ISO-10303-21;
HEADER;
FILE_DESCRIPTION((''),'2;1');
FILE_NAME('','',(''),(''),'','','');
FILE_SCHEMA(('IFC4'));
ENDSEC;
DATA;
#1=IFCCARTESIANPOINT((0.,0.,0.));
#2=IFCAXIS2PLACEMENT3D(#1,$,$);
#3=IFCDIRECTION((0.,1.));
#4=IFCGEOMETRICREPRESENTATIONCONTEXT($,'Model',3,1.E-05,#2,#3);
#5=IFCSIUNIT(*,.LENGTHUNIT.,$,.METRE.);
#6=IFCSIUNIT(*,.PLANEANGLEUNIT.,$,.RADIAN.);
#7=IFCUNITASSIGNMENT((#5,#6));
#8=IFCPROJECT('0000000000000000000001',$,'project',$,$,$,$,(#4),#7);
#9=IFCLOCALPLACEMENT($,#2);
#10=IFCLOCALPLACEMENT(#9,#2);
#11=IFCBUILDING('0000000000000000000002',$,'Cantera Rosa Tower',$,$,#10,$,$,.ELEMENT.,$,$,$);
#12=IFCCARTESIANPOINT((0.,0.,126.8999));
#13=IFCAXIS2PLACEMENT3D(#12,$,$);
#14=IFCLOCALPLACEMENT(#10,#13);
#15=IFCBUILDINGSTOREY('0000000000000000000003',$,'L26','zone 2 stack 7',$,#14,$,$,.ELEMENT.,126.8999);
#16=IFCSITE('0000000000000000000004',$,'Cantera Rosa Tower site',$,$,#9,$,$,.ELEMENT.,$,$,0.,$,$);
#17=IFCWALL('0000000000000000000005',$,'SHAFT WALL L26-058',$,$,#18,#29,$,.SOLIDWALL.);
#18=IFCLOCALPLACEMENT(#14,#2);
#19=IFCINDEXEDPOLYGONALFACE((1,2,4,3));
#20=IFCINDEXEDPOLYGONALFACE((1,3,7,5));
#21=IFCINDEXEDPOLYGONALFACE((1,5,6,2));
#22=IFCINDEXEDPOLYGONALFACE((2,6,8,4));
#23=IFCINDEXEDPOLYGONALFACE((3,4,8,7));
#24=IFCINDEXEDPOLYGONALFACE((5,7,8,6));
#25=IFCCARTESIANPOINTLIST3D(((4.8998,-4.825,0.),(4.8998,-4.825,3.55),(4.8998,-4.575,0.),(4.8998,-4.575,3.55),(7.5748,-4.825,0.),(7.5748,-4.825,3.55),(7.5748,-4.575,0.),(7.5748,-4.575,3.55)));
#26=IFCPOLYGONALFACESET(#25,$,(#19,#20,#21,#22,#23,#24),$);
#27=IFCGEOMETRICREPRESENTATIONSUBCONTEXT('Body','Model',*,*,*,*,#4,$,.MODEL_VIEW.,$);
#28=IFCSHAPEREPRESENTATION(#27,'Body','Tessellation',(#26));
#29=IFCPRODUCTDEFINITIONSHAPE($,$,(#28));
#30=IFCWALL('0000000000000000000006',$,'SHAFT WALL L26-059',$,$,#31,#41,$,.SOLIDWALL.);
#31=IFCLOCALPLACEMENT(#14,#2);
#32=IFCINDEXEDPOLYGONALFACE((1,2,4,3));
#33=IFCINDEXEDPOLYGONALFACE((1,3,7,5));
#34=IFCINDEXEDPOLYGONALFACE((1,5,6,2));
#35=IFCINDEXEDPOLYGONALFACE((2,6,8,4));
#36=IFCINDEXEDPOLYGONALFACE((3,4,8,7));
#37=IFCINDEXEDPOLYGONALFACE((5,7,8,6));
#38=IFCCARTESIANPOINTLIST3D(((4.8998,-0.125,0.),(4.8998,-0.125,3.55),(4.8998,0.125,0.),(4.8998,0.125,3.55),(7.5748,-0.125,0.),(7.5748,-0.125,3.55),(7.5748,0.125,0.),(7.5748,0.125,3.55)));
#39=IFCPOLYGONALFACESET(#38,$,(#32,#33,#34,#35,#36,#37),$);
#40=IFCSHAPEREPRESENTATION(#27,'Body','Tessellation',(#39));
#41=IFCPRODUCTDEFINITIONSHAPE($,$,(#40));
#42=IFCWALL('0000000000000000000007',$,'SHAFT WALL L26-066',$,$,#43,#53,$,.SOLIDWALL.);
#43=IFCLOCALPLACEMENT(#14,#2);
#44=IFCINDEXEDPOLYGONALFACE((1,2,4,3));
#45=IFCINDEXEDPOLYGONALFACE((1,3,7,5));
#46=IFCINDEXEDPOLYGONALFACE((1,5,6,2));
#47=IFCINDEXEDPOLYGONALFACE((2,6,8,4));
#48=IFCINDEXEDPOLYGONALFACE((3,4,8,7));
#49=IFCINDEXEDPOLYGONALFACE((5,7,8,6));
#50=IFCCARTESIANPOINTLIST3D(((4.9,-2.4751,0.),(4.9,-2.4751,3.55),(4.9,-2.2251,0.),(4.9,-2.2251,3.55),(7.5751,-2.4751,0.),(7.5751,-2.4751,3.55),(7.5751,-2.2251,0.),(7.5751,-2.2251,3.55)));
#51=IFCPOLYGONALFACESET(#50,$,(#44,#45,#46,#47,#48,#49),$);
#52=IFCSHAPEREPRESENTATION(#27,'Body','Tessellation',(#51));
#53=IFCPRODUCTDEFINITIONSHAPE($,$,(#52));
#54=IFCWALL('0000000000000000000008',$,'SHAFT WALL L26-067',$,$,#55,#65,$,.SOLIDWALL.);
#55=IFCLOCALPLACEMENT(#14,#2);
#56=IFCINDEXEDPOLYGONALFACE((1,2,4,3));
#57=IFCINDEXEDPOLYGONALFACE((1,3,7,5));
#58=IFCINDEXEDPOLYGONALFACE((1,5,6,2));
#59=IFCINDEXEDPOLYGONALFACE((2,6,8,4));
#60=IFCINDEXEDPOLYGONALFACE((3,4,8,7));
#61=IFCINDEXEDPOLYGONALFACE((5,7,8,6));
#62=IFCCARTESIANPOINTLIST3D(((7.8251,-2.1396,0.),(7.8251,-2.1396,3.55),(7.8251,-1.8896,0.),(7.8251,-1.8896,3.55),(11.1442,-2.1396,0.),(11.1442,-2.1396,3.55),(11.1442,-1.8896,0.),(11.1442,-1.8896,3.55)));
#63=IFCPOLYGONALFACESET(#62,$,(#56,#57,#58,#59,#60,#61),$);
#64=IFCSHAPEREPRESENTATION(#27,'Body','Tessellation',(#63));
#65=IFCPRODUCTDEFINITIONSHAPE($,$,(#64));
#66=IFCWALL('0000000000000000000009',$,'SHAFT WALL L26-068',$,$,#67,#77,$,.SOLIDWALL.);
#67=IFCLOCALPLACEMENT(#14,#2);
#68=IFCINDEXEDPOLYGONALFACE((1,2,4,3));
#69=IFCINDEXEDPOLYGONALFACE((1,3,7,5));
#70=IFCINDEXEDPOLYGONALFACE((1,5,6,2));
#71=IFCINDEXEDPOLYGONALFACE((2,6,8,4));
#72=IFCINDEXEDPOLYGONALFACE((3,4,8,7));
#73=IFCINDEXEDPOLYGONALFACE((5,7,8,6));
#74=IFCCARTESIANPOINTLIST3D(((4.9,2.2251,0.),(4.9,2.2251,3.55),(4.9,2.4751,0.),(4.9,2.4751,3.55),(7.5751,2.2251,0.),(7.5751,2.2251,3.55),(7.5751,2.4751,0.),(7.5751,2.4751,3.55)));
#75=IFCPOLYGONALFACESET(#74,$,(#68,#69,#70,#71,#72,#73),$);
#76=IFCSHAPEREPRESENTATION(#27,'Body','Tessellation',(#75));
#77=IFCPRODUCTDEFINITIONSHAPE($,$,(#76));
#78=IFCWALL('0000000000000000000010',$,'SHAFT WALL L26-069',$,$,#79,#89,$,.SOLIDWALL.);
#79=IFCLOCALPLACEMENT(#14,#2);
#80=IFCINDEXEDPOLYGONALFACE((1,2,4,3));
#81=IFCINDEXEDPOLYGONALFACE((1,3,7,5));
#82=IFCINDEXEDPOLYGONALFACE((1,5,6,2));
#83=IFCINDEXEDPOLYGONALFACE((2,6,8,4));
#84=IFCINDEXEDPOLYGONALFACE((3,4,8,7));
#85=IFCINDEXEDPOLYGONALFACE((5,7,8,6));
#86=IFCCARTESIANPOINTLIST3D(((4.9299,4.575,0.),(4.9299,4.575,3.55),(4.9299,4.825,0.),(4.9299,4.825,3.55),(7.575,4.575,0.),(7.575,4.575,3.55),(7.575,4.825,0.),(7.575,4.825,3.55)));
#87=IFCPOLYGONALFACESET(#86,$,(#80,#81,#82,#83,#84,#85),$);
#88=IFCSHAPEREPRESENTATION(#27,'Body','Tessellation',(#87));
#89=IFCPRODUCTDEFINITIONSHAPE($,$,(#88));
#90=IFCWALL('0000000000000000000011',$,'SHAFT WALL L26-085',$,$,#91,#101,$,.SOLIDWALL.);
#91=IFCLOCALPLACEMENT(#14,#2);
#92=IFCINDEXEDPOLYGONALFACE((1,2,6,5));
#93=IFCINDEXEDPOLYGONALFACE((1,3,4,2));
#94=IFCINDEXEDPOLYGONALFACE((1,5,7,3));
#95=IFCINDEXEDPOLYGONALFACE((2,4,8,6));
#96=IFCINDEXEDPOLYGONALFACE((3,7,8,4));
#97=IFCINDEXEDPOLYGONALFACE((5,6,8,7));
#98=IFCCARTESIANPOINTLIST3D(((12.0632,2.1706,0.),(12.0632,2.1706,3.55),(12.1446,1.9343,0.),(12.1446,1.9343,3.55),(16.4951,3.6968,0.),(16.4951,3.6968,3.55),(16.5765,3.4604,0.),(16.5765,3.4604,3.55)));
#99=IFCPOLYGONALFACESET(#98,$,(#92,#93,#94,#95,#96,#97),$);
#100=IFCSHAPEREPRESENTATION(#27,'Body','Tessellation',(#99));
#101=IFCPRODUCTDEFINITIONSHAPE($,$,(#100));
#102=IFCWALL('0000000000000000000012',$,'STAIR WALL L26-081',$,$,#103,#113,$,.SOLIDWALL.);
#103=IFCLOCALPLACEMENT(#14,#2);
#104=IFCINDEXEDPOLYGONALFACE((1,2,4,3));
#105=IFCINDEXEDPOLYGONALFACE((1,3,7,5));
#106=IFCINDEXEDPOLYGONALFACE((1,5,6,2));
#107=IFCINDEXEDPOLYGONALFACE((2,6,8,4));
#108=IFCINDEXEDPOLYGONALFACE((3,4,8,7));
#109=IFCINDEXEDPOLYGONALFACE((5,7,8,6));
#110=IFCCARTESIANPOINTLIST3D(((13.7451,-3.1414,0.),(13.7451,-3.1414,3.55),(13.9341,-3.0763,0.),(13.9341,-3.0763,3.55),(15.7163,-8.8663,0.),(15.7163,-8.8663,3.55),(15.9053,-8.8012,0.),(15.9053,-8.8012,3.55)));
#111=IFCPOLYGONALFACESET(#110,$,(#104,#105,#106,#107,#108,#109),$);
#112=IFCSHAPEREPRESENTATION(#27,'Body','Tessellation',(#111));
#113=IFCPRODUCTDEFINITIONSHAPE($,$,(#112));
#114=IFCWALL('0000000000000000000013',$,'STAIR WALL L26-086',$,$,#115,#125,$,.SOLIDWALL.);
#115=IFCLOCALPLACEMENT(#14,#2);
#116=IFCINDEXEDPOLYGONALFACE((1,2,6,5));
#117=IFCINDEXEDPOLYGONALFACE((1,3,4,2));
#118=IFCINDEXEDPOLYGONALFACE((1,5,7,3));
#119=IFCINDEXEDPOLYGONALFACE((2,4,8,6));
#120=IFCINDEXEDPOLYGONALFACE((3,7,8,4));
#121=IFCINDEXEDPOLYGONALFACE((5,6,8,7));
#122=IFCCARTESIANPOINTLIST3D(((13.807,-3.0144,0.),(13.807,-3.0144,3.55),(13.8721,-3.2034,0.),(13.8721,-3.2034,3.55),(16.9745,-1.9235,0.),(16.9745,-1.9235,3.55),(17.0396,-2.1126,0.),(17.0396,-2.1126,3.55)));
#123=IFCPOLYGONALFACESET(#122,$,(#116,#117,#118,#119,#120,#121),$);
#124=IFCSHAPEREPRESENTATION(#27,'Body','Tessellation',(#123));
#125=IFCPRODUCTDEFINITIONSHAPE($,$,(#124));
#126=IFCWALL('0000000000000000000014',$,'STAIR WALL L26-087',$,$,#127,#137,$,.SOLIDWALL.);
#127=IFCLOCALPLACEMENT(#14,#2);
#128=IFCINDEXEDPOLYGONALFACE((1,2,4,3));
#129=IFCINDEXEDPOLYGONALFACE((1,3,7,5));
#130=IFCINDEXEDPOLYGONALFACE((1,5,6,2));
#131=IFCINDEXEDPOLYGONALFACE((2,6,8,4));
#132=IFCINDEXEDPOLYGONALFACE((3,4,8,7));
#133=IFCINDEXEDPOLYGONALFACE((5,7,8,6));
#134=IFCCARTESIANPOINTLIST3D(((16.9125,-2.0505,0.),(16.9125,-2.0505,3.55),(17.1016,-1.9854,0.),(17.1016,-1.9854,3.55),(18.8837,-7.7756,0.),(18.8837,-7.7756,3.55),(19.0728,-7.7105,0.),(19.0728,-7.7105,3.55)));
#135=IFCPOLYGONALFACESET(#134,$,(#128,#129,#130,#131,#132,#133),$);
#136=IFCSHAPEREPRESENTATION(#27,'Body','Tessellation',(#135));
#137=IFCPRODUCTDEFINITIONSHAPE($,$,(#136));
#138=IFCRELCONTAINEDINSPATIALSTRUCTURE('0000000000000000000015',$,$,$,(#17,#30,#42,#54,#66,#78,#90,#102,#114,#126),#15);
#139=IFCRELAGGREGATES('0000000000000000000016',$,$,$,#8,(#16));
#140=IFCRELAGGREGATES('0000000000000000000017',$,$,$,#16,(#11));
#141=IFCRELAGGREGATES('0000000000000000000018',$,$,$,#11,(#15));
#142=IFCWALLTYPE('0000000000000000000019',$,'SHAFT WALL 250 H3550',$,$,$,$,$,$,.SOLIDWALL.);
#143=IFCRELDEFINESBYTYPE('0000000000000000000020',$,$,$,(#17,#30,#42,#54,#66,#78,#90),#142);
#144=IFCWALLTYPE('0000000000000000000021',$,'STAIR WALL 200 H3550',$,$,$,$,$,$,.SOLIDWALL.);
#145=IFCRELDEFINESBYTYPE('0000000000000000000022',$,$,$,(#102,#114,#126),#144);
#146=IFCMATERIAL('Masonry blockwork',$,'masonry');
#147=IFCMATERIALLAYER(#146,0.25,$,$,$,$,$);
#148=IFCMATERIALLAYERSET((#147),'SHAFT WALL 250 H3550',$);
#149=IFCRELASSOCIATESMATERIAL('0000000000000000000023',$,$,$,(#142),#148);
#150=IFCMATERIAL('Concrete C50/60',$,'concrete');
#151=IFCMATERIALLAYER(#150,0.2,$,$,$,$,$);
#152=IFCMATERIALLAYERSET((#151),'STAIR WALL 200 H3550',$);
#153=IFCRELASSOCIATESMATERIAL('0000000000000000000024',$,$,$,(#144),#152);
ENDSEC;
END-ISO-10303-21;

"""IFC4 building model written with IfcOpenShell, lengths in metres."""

from ifc_helpers import new_model, si_unit, direction, frame, frame_2d, origin, place, context, subcontext, project, spatial, rectangle, extrude, material, layer, layer_set, type_object, element, save


model = new_model("IFC4")

# Units and contexts
model_context = context("Model", 3, precision=1e-05, world=origin(), true_north=direction((0.0, 1.0)))
body_context = subcontext(model_context, "Body", "Model", "MODEL_VIEW")
ifc_project = project(units=[si_unit("LENGTHUNIT", "METRE"), si_unit("PLANEANGLEUNIT", "RADIAN")], contexts=[model_context])

# Site, building, storey
site_placement = place(None, origin())
site = spatial("IfcSite", under=ifc_project, at=site_placement, Name="Cantera Rosa Tower site", CompositionType="ELEMENT", RefElevation=0.0)
building_placement = place(site_placement, origin())
building = spatial("IfcBuilding", under=site, at=building_placement, Name="Cantera Rosa Tower", CompositionType="ELEMENT")
storey_placement = place(building_placement, frame((0.0, 0.0, 126.8999)))
storey = spatial("IfcBuildingStorey", under=building, at=storey_placement, Name="L26", Description="zone 2 stack 7", CompositionType="ELEMENT", Elevation=126.8999)

# Walls
ifc_material_1 = material(Name="Masonry blockwork", Category="masonry")
ifc_layer_1 = layer(ifc_material_1, 0.25)
ifc_layer_set_1 = layer_set([ifc_layer_1], Name="SHAFT WALL 250 H3550")
wall_type_1 = type_object("IfcWallType", Name="SHAFT WALL 250 H3550", PredefinedType="SOLIDWALL", material=ifc_layer_set_1)
for number, where, z_axis, x_axis, name in (
    (1, (4.8999, -4.7, 0.0), (0.0, 0.0, 1.0), (1.0, 0.0, 0.0), "SHAFT WALL L26-058"),
    (2, (4.8999, 0.0, 0.0), (0.0, 0.0, 1.0), (1.0, 0.0, 0.0), "SHAFT WALL L26-059"),
    (3, (7.575, -2.3501, 0.0), (0.0, 0.0, 1.0), (-1.0, 0.0, 0.0), "SHAFT WALL L26-066"),
):
    element("IfcWall", number, at=place(storey_placement, frame(where, z_axis=z_axis, x_axis=x_axis)), inside=storey, type_object=wall_type_1, Name=name, PredefinedType="SOLIDWALL", context=body_context, shape_type="SweptSolid", body=[
        extrude(rectangle(XDim=2.675, YDim=0.25, at=frame_2d((1.3374, 0.0))), origin(), (0.0, 0.0, 1.0), 3.55),
    ])
wall_1_placement = place(storey_placement, frame((7.825, -2.0146, 0.0), z_axis=(0.0, 0.0, 1.0), x_axis=(1.0, 0.0, 0.0)))
element("IfcWall", 4, at=wall_1_placement, inside=storey, type_object=wall_type_1, Name="SHAFT WALL L26-067", PredefinedType="SOLIDWALL", context=body_context, shape_type="SweptSolid", body=[
    extrude(rectangle(XDim=3.3191, YDim=0.25, at=frame_2d((1.6597, 0.0))), origin(), (0.0, 0.0, 1.0), 3.55),
])
wall_2_placement = place(storey_placement, frame((7.575, 2.3501, 0.0), z_axis=(0.0, 0.0, 1.0), x_axis=(-1.0, 0.0, 0.0)))
element("IfcWall", 5, at=wall_2_placement, inside=storey, type_object=wall_type_1, Name="SHAFT WALL L26-068", PredefinedType="SOLIDWALL", context=body_context, shape_type="SweptSolid", body=[
    extrude(rectangle(XDim=2.675, YDim=0.25, at=frame_2d((1.3374, 0.0))), origin(), (0.0, 0.0, 1.0), 3.55),
])
wall_3_placement = place(storey_placement, frame((7.575, 4.7, 0.0), z_axis=(0.0, 0.0, 1.0), x_axis=(-1.0, 0.0, 0.0)))
element("IfcWall", 6, at=wall_3_placement, inside=storey, type_object=wall_type_1, Name="SHAFT WALL L26-069", PredefinedType="SOLIDWALL", context=body_context, shape_type="SweptSolid", body=[
    extrude(rectangle(XDim=2.645, YDim=0.25, at=frame_2d((1.3225, 0.0))), origin(), (0.0, 0.0, 1.0), 3.55),
])
wall_4_placement = place(storey_placement, frame((16.5359, 3.5786, 0.0), z_axis=(0.0, 0.0, 1.0), x_axis=(-0.945512, -0.325588, 0.0)))
element("IfcWall", 7, at=wall_4_placement, inside=storey, type_object=wall_type_1, Name="SHAFT WALL L26-085", PredefinedType="SOLIDWALL", context=body_context, shape_type="SweptSolid", body=[
    extrude(rectangle(XDim=4.6873, YDim=0.25, at=frame_2d((2.3438, 0.0))), origin(), (0.0, 0.0, 1.0), 3.55),
])
ifc_material_2 = material(Name="Concrete C50/60", Category="concrete")
ifc_layer_2 = layer(ifc_material_2, 0.2)
ifc_layer_set_2 = layer_set([ifc_layer_2], Name="STAIR WALL 200 H3550")
wall_type_2 = type_object("IfcWallType", Name="STAIR WALL 200 H3550", PredefinedType="SOLIDWALL", material=ifc_layer_set_2)
wall_5_placement = place(storey_placement, frame((13.8396, -3.1089, 0.0), z_axis=(0.0, 0.0, 1.0), x_axis=(0.325563, -0.94552, 0.0)))
element("IfcWall", 8, at=wall_5_placement, inside=storey, type_object=wall_type_2, Name="STAIR WALL L26-081", PredefinedType="SOLIDWALL", context=body_context, shape_type="SweptSolid", body=[
    extrude(rectangle(XDim=6.0547, YDim=0.2, at=frame_2d((3.0273, 0.0))), origin(), (0.0, 0.0, 1.0), 3.55),
])
wall_6_placement = place(storey_placement, frame((17.0071, -2.0181, 0.0), z_axis=(0.0, 0.0, 1.0), x_axis=(-0.945503, -0.325613, 0.0)))
element("IfcWall", 9, at=wall_6_placement, inside=storey, type_object=wall_type_2, Name="STAIR WALL L26-086", PredefinedType="SOLIDWALL", context=body_context, shape_type="SweptSolid", body=[
    extrude(rectangle(XDim=3.3501, YDim=0.2, at=frame_2d((1.675, 0.0))), origin(), (0.0, 0.0, 1.0), 3.55),
])
wall_7_placement = place(storey_placement, frame((17.0071, -2.0181, 0.0), z_axis=(0.0, 0.0, 1.0), x_axis=(0.325551, -0.945525, 0.0)))
element("IfcWall", 10, at=wall_7_placement, inside=storey, type_object=wall_type_2, Name="STAIR WALL L26-087", PredefinedType="SOLIDWALL", context=body_context, shape_type="SweptSolid", body=[
    extrude(rectangle(XDim=6.0549, YDim=0.2, at=frame_2d((3.0273, 0.0))), origin(), (0.0, 0.0, 1.0), 3.55),
])

save(model, "model.ifc")
